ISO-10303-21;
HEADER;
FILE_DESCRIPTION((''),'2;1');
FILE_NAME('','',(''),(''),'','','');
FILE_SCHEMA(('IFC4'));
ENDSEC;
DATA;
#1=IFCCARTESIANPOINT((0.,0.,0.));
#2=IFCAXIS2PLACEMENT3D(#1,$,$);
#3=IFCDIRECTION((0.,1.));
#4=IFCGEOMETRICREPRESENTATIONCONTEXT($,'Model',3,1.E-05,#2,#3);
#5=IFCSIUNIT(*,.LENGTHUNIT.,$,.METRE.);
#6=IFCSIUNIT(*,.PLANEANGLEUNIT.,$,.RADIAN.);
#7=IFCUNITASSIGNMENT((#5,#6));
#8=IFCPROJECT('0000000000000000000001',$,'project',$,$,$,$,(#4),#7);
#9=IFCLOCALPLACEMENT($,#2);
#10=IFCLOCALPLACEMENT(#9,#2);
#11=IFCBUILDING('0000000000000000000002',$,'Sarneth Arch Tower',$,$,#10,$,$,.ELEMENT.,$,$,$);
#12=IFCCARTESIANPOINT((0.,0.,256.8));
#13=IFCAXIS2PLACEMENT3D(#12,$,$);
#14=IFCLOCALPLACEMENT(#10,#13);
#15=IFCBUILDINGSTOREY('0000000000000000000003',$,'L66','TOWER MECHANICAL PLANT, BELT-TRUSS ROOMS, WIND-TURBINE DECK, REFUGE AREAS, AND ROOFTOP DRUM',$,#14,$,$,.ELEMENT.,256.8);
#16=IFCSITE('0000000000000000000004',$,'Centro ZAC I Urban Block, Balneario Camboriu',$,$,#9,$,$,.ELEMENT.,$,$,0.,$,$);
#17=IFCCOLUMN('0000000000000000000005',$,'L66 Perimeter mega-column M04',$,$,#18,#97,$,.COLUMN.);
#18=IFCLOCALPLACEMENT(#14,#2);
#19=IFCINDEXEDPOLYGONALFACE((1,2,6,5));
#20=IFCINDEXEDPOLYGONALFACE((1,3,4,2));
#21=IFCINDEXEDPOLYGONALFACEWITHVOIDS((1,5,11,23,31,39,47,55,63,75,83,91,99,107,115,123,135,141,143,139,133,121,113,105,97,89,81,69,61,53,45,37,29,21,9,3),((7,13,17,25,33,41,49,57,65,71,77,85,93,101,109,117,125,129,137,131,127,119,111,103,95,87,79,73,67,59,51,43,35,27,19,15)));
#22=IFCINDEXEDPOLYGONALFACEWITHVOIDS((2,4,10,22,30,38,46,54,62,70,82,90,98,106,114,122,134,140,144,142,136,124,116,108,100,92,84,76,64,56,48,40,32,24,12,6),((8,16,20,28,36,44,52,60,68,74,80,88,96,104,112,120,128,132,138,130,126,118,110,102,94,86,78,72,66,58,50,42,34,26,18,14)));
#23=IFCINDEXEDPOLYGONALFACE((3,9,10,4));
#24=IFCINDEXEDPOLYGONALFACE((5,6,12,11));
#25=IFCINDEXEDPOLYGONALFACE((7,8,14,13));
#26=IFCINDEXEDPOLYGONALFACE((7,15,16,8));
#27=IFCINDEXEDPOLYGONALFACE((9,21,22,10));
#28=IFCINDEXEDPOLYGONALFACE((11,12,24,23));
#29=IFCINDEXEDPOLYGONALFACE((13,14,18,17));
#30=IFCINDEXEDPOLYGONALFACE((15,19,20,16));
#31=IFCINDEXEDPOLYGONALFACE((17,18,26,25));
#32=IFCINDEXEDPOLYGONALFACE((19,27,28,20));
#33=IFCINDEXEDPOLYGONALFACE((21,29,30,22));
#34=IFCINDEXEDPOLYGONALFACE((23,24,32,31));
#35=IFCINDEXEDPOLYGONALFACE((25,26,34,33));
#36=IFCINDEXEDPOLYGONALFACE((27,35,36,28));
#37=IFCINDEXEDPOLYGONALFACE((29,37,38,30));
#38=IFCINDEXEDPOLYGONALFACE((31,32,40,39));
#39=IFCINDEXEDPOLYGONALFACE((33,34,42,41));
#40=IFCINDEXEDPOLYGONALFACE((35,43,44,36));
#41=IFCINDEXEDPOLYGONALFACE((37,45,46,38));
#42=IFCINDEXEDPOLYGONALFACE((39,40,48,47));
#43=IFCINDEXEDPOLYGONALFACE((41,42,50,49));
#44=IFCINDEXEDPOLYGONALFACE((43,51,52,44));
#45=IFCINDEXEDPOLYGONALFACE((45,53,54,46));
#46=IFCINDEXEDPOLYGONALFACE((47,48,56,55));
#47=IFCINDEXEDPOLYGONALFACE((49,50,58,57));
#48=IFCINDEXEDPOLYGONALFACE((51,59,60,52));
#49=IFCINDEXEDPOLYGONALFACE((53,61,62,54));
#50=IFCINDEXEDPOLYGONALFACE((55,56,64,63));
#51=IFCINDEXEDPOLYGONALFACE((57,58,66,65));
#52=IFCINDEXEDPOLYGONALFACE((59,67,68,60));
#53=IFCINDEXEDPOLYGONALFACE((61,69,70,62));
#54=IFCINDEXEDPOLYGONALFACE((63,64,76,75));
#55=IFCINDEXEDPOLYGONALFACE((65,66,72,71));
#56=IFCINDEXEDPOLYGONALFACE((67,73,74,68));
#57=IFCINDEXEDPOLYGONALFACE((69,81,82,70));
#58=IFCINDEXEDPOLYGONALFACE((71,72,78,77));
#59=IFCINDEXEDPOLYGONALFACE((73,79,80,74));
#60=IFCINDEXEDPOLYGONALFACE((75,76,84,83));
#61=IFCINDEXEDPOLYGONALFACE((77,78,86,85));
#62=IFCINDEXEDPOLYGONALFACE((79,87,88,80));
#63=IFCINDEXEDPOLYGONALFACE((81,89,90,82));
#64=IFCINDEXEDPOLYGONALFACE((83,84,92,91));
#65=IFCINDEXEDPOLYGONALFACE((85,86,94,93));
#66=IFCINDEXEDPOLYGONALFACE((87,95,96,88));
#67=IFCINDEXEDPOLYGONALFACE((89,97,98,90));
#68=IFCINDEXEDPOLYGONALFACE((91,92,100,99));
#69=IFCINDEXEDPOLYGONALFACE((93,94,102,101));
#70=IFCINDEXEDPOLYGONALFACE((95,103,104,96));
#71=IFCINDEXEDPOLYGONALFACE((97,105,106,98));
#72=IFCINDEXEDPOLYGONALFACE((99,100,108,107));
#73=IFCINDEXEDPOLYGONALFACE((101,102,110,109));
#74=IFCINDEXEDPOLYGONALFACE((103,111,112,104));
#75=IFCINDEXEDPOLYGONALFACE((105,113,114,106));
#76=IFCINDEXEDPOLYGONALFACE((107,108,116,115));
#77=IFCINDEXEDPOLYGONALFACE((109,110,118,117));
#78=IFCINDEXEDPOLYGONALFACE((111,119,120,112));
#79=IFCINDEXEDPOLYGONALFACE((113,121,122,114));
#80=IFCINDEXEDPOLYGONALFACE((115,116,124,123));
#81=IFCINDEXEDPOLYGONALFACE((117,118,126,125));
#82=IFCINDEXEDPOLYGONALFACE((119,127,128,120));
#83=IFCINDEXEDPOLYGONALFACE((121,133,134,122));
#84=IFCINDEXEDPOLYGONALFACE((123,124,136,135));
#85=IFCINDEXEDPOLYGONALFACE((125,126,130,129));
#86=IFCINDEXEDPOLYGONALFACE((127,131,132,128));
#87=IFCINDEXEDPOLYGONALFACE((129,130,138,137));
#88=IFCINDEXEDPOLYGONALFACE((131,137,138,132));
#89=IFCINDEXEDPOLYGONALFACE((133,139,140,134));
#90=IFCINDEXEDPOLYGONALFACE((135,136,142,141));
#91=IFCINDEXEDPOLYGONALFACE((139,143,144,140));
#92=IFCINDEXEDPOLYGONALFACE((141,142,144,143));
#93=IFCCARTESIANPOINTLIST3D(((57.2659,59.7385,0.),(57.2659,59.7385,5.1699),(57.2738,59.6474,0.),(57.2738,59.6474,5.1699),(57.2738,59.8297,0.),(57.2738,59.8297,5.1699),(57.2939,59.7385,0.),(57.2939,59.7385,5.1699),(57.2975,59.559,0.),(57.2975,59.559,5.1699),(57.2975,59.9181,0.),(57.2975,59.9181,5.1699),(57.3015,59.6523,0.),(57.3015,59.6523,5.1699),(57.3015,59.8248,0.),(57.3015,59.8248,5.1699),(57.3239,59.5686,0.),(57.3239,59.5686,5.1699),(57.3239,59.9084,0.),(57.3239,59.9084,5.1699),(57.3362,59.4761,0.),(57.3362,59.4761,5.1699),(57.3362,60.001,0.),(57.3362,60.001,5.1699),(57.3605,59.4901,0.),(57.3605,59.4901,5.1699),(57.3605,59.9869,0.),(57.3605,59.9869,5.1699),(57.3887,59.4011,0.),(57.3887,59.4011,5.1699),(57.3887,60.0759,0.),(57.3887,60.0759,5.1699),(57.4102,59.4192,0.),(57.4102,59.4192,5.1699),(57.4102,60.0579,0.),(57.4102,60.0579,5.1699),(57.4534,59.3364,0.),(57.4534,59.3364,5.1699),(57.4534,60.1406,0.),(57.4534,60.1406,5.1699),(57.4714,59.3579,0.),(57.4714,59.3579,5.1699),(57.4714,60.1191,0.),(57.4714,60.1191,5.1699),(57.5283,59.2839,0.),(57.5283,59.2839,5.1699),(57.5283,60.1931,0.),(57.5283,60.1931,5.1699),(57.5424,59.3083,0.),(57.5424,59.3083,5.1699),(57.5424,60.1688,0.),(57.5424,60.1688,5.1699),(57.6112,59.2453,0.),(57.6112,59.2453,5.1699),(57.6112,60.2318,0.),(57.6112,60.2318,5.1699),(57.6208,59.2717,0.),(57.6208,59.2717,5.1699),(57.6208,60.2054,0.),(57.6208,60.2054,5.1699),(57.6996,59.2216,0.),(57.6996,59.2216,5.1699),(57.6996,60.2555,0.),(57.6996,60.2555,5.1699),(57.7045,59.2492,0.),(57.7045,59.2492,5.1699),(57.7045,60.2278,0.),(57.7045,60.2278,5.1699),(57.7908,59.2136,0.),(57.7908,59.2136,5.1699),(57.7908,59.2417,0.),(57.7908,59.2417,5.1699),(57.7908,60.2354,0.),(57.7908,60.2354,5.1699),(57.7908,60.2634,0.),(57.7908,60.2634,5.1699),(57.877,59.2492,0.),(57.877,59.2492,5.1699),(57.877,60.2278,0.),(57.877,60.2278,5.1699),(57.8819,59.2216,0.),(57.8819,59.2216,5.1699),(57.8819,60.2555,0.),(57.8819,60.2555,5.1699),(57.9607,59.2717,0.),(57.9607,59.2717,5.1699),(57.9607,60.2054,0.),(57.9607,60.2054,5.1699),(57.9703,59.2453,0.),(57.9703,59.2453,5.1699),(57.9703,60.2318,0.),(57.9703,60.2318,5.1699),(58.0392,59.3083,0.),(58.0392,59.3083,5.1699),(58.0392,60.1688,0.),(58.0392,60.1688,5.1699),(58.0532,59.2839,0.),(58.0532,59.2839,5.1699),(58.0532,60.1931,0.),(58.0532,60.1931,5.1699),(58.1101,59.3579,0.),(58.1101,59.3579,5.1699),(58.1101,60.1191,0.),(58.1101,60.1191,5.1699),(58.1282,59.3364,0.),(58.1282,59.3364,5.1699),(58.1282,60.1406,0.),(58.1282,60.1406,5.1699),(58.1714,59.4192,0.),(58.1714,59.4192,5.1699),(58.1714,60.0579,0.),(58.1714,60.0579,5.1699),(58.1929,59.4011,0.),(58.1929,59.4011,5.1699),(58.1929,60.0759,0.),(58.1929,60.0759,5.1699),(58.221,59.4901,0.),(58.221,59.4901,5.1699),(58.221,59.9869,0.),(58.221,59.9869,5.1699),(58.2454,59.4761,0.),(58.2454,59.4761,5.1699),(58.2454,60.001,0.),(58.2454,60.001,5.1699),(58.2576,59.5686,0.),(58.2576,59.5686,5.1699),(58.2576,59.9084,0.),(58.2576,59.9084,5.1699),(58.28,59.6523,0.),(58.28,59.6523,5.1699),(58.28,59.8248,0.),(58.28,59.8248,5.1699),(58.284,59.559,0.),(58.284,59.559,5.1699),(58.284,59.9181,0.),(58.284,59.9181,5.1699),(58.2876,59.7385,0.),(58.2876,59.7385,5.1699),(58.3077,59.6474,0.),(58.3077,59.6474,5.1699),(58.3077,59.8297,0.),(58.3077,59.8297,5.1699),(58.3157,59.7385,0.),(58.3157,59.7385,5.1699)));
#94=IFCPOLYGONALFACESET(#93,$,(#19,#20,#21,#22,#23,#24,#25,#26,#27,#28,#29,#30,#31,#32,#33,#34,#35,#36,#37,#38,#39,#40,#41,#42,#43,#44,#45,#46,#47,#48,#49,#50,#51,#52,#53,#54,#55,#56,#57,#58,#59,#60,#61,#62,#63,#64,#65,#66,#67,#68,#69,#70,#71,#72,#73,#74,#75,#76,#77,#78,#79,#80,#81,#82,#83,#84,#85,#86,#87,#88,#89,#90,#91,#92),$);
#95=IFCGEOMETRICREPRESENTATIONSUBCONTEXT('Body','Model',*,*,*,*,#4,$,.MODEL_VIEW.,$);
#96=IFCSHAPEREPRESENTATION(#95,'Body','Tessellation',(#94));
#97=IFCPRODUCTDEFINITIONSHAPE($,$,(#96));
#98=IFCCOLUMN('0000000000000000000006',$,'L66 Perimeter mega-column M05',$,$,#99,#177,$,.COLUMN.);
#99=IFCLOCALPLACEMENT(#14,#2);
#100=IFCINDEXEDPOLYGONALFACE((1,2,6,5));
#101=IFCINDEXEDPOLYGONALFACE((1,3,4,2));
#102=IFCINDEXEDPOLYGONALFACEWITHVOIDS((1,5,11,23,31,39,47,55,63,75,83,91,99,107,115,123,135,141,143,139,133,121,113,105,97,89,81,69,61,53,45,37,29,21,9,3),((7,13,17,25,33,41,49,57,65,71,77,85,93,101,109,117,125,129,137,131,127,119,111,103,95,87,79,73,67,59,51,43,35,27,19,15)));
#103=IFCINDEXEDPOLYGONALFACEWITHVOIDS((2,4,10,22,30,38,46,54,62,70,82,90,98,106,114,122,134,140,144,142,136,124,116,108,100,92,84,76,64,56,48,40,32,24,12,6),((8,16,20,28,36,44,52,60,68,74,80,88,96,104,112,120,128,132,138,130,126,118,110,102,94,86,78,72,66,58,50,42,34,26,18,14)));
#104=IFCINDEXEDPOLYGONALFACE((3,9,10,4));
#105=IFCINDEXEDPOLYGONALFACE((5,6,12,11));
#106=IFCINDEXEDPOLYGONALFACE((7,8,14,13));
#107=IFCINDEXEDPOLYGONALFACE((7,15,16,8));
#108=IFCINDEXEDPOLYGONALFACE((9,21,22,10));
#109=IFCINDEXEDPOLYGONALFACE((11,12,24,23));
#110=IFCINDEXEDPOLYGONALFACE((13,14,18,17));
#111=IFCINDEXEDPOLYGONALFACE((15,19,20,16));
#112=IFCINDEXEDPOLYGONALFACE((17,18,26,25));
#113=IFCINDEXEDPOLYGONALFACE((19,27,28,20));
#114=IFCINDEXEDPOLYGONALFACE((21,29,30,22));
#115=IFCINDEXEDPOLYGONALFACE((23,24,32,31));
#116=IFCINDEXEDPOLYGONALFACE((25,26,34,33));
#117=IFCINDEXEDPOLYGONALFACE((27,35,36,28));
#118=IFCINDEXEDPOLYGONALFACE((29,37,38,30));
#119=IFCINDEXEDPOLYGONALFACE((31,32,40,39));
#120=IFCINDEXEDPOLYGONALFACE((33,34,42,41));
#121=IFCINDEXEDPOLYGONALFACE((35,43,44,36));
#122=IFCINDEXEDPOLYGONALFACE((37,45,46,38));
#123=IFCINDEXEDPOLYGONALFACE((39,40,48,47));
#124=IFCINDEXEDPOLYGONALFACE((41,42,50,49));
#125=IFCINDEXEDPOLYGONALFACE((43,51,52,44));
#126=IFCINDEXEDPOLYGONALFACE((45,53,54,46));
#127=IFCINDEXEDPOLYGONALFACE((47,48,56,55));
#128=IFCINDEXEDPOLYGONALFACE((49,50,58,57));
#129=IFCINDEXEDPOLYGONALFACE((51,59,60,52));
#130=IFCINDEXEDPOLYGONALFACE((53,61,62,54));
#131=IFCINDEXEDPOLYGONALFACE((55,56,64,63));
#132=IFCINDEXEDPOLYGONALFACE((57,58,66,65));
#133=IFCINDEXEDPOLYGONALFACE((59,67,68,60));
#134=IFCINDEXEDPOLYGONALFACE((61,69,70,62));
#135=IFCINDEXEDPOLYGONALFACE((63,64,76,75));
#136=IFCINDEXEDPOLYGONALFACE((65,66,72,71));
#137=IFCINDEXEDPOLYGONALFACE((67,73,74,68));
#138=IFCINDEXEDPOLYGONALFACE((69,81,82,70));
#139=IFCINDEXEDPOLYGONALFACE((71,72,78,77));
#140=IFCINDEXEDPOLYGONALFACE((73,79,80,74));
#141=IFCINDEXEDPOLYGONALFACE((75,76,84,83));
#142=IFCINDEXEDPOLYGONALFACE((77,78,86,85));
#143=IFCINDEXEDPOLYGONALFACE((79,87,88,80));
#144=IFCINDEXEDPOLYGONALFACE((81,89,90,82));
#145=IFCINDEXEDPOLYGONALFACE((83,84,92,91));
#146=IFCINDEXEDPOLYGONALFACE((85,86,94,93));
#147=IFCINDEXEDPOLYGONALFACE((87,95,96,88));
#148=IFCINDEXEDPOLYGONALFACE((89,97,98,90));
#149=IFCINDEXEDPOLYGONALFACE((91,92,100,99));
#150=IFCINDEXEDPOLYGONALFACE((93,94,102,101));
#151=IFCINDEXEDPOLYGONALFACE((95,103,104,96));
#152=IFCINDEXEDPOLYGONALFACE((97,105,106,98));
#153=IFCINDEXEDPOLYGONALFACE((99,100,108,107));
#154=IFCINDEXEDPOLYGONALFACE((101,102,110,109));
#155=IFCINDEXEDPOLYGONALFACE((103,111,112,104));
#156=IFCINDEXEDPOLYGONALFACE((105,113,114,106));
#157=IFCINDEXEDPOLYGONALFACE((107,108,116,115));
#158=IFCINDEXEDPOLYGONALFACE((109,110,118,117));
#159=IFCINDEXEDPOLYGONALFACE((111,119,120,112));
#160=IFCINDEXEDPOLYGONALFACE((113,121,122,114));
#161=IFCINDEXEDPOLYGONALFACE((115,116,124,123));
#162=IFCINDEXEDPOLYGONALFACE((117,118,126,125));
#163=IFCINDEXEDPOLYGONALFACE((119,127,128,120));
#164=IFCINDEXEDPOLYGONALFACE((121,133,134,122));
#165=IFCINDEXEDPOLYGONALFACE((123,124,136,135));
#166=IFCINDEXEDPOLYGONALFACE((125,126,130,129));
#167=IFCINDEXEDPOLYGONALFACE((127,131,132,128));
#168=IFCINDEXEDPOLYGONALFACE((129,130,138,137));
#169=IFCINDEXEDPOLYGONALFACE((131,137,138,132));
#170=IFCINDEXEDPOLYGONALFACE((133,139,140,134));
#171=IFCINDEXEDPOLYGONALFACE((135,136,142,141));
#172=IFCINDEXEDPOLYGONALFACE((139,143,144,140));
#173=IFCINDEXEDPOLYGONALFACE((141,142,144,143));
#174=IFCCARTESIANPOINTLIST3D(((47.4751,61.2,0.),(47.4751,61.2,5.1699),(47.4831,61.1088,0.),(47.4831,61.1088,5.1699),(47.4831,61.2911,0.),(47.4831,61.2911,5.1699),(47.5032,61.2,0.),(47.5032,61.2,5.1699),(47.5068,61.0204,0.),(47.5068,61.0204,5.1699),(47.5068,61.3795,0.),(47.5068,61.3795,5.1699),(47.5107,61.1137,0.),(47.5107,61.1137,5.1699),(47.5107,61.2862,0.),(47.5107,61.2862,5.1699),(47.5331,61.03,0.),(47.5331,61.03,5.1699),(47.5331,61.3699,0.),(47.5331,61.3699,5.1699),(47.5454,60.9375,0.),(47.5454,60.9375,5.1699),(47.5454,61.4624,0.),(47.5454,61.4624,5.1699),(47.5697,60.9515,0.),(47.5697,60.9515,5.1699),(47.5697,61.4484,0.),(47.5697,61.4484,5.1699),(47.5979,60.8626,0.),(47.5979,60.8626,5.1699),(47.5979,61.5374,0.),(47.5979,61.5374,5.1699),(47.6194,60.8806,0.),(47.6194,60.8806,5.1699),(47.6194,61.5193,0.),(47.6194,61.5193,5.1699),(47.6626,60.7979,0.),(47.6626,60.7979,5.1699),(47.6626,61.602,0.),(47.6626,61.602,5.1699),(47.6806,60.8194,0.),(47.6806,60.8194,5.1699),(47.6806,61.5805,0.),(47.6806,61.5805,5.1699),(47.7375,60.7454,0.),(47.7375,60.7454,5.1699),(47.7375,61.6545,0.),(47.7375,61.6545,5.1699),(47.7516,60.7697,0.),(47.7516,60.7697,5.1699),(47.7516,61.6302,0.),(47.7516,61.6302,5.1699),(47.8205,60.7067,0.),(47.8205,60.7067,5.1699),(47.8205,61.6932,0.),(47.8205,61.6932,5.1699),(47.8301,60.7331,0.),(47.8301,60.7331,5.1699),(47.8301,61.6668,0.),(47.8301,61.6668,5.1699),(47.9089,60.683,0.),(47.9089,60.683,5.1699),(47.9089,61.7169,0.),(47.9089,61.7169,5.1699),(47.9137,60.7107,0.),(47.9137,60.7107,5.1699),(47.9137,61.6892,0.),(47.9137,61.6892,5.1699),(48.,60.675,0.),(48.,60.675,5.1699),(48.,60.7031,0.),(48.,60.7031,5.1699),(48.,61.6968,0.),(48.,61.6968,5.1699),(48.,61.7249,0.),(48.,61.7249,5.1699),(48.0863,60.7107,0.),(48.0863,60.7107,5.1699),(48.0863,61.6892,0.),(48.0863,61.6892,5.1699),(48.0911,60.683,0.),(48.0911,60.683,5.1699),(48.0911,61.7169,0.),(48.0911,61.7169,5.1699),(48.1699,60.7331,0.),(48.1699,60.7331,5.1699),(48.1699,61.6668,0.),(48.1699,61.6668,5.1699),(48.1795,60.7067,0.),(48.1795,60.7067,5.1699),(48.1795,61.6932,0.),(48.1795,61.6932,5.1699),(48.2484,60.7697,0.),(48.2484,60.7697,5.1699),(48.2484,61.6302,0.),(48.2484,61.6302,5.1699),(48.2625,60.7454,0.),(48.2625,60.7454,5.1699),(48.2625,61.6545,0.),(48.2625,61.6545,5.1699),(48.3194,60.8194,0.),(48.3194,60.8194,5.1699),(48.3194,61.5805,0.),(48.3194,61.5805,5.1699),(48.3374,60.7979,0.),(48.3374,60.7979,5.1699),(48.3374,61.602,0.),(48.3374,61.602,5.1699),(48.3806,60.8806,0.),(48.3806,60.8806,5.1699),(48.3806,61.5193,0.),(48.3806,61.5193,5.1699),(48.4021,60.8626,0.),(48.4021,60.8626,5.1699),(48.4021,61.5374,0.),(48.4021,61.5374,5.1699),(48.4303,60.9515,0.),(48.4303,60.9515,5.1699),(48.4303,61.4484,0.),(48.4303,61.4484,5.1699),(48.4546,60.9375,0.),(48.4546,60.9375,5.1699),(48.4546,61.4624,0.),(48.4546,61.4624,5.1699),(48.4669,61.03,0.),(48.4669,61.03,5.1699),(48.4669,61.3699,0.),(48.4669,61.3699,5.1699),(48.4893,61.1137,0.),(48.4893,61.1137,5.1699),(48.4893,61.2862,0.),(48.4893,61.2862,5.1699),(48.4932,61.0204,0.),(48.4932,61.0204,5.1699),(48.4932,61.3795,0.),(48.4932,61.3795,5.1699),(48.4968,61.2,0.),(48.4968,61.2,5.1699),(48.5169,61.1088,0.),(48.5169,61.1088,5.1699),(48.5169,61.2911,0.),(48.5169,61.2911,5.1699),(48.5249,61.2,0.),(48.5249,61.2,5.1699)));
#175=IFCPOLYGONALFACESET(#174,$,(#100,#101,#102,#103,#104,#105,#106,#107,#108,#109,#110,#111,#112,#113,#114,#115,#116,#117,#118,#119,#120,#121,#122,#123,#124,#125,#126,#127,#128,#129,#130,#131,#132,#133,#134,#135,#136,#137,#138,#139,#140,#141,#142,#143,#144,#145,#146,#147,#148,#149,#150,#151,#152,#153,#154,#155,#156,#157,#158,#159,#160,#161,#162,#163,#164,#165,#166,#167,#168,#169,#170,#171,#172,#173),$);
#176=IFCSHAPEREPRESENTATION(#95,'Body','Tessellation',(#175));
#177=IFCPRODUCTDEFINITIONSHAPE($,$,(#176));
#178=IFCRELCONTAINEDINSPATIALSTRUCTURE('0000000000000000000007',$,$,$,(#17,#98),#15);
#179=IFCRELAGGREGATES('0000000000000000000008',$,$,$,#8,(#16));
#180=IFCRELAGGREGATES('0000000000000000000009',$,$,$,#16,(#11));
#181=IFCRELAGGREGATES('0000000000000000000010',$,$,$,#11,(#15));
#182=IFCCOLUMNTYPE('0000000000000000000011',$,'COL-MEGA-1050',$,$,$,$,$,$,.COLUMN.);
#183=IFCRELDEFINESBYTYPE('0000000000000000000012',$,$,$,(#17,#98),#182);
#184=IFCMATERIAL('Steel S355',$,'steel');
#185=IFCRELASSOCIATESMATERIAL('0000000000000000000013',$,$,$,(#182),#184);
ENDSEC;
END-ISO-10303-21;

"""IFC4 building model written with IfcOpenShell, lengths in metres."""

from ifc_helpers import new_model, si_unit, direction, frame, origin, origin_2d, place, context, subcontext, project, spatial, hollow_circle, extrude, material, material_profile, profile_set, type_object, element, save


model = new_model("IFC4")

# Units and contexts
model_context = context("Model", 3, precision=1e-05, world=origin(), true_north=direction((0.0, 1.0)))
body_context = subcontext(model_context, "Body", "Model", "MODEL_VIEW")
ifc_project = project(units=[si_unit("LENGTHUNIT", "METRE"), si_unit("PLANEANGLEUNIT", "RADIAN")], contexts=[model_context])

# Site, building, storey
site_placement = place(None, origin())
site = spatial("IfcSite", under=ifc_project, at=site_placement, Name="Centro ZAC I Urban Block, Balneario Camboriu", CompositionType="ELEMENT", RefElevation=0.0)
building_placement = place(site_placement, origin())
building = spatial("IfcBuilding", under=site, at=building_placement, Name="Sarneth Arch Tower", CompositionType="ELEMENT")
storey_placement = place(building_placement, frame((0.0, 0.0, 256.8)))
storey = spatial("IfcBuildingStorey", under=building, at=storey_placement, Name="L66", Description="TOWER MECHANICAL PLANT, BELT-TRUSS ROOMS, WIND-TURBINE DECK, REFUGE AREAS, AND ROOFTOP DRUM", CompositionType="ELEMENT", Elevation=256.8)

# Columns
ifc_material_1 = material(Name="Steel S355", Category="steel")
ifc_material_profile_1 = material_profile(ifc_material_1, hollow_circle(Radius=0.5249, WallThickness=0.0281, at=origin_2d()), Name="CHS1050x28")
ifc_profile_set_1 = profile_set([ifc_material_profile_1], Name="Steel S355")
column_type = type_object("IfcColumnType", Name="COL-MEGA-1050", PredefinedType="COLUMN", material=ifc_profile_set_1)
for number, where, z_axis, x_axis, name in (
    (1, (57.7908, 59.7385, 0.0), (0.0, 0.0, 1.0), (1.0, 0.0, 0.0), "L66 Perimeter mega-column M04"),
    (2, (48.0, 61.2, 0.0), (0.0, 0.0, 1.0), (1.0, 0.0, 0.0), "L66 Perimeter mega-column M05"),
):
    element("IfcColumn", number, at=place(storey_placement, frame(where, z_axis=z_axis, x_axis=x_axis)), inside=storey, type_object=column_type, Name=name, PredefinedType="COLUMN", context=body_context, shape_type="SweptSolid", body=[
        extrude(hollow_circle(Radius=0.5249, WallThickness=0.0281, at=origin_2d()), origin(), (0.0, 0.0, 1.0), 5.1699),
    ])

save(model, "model.ifc")
